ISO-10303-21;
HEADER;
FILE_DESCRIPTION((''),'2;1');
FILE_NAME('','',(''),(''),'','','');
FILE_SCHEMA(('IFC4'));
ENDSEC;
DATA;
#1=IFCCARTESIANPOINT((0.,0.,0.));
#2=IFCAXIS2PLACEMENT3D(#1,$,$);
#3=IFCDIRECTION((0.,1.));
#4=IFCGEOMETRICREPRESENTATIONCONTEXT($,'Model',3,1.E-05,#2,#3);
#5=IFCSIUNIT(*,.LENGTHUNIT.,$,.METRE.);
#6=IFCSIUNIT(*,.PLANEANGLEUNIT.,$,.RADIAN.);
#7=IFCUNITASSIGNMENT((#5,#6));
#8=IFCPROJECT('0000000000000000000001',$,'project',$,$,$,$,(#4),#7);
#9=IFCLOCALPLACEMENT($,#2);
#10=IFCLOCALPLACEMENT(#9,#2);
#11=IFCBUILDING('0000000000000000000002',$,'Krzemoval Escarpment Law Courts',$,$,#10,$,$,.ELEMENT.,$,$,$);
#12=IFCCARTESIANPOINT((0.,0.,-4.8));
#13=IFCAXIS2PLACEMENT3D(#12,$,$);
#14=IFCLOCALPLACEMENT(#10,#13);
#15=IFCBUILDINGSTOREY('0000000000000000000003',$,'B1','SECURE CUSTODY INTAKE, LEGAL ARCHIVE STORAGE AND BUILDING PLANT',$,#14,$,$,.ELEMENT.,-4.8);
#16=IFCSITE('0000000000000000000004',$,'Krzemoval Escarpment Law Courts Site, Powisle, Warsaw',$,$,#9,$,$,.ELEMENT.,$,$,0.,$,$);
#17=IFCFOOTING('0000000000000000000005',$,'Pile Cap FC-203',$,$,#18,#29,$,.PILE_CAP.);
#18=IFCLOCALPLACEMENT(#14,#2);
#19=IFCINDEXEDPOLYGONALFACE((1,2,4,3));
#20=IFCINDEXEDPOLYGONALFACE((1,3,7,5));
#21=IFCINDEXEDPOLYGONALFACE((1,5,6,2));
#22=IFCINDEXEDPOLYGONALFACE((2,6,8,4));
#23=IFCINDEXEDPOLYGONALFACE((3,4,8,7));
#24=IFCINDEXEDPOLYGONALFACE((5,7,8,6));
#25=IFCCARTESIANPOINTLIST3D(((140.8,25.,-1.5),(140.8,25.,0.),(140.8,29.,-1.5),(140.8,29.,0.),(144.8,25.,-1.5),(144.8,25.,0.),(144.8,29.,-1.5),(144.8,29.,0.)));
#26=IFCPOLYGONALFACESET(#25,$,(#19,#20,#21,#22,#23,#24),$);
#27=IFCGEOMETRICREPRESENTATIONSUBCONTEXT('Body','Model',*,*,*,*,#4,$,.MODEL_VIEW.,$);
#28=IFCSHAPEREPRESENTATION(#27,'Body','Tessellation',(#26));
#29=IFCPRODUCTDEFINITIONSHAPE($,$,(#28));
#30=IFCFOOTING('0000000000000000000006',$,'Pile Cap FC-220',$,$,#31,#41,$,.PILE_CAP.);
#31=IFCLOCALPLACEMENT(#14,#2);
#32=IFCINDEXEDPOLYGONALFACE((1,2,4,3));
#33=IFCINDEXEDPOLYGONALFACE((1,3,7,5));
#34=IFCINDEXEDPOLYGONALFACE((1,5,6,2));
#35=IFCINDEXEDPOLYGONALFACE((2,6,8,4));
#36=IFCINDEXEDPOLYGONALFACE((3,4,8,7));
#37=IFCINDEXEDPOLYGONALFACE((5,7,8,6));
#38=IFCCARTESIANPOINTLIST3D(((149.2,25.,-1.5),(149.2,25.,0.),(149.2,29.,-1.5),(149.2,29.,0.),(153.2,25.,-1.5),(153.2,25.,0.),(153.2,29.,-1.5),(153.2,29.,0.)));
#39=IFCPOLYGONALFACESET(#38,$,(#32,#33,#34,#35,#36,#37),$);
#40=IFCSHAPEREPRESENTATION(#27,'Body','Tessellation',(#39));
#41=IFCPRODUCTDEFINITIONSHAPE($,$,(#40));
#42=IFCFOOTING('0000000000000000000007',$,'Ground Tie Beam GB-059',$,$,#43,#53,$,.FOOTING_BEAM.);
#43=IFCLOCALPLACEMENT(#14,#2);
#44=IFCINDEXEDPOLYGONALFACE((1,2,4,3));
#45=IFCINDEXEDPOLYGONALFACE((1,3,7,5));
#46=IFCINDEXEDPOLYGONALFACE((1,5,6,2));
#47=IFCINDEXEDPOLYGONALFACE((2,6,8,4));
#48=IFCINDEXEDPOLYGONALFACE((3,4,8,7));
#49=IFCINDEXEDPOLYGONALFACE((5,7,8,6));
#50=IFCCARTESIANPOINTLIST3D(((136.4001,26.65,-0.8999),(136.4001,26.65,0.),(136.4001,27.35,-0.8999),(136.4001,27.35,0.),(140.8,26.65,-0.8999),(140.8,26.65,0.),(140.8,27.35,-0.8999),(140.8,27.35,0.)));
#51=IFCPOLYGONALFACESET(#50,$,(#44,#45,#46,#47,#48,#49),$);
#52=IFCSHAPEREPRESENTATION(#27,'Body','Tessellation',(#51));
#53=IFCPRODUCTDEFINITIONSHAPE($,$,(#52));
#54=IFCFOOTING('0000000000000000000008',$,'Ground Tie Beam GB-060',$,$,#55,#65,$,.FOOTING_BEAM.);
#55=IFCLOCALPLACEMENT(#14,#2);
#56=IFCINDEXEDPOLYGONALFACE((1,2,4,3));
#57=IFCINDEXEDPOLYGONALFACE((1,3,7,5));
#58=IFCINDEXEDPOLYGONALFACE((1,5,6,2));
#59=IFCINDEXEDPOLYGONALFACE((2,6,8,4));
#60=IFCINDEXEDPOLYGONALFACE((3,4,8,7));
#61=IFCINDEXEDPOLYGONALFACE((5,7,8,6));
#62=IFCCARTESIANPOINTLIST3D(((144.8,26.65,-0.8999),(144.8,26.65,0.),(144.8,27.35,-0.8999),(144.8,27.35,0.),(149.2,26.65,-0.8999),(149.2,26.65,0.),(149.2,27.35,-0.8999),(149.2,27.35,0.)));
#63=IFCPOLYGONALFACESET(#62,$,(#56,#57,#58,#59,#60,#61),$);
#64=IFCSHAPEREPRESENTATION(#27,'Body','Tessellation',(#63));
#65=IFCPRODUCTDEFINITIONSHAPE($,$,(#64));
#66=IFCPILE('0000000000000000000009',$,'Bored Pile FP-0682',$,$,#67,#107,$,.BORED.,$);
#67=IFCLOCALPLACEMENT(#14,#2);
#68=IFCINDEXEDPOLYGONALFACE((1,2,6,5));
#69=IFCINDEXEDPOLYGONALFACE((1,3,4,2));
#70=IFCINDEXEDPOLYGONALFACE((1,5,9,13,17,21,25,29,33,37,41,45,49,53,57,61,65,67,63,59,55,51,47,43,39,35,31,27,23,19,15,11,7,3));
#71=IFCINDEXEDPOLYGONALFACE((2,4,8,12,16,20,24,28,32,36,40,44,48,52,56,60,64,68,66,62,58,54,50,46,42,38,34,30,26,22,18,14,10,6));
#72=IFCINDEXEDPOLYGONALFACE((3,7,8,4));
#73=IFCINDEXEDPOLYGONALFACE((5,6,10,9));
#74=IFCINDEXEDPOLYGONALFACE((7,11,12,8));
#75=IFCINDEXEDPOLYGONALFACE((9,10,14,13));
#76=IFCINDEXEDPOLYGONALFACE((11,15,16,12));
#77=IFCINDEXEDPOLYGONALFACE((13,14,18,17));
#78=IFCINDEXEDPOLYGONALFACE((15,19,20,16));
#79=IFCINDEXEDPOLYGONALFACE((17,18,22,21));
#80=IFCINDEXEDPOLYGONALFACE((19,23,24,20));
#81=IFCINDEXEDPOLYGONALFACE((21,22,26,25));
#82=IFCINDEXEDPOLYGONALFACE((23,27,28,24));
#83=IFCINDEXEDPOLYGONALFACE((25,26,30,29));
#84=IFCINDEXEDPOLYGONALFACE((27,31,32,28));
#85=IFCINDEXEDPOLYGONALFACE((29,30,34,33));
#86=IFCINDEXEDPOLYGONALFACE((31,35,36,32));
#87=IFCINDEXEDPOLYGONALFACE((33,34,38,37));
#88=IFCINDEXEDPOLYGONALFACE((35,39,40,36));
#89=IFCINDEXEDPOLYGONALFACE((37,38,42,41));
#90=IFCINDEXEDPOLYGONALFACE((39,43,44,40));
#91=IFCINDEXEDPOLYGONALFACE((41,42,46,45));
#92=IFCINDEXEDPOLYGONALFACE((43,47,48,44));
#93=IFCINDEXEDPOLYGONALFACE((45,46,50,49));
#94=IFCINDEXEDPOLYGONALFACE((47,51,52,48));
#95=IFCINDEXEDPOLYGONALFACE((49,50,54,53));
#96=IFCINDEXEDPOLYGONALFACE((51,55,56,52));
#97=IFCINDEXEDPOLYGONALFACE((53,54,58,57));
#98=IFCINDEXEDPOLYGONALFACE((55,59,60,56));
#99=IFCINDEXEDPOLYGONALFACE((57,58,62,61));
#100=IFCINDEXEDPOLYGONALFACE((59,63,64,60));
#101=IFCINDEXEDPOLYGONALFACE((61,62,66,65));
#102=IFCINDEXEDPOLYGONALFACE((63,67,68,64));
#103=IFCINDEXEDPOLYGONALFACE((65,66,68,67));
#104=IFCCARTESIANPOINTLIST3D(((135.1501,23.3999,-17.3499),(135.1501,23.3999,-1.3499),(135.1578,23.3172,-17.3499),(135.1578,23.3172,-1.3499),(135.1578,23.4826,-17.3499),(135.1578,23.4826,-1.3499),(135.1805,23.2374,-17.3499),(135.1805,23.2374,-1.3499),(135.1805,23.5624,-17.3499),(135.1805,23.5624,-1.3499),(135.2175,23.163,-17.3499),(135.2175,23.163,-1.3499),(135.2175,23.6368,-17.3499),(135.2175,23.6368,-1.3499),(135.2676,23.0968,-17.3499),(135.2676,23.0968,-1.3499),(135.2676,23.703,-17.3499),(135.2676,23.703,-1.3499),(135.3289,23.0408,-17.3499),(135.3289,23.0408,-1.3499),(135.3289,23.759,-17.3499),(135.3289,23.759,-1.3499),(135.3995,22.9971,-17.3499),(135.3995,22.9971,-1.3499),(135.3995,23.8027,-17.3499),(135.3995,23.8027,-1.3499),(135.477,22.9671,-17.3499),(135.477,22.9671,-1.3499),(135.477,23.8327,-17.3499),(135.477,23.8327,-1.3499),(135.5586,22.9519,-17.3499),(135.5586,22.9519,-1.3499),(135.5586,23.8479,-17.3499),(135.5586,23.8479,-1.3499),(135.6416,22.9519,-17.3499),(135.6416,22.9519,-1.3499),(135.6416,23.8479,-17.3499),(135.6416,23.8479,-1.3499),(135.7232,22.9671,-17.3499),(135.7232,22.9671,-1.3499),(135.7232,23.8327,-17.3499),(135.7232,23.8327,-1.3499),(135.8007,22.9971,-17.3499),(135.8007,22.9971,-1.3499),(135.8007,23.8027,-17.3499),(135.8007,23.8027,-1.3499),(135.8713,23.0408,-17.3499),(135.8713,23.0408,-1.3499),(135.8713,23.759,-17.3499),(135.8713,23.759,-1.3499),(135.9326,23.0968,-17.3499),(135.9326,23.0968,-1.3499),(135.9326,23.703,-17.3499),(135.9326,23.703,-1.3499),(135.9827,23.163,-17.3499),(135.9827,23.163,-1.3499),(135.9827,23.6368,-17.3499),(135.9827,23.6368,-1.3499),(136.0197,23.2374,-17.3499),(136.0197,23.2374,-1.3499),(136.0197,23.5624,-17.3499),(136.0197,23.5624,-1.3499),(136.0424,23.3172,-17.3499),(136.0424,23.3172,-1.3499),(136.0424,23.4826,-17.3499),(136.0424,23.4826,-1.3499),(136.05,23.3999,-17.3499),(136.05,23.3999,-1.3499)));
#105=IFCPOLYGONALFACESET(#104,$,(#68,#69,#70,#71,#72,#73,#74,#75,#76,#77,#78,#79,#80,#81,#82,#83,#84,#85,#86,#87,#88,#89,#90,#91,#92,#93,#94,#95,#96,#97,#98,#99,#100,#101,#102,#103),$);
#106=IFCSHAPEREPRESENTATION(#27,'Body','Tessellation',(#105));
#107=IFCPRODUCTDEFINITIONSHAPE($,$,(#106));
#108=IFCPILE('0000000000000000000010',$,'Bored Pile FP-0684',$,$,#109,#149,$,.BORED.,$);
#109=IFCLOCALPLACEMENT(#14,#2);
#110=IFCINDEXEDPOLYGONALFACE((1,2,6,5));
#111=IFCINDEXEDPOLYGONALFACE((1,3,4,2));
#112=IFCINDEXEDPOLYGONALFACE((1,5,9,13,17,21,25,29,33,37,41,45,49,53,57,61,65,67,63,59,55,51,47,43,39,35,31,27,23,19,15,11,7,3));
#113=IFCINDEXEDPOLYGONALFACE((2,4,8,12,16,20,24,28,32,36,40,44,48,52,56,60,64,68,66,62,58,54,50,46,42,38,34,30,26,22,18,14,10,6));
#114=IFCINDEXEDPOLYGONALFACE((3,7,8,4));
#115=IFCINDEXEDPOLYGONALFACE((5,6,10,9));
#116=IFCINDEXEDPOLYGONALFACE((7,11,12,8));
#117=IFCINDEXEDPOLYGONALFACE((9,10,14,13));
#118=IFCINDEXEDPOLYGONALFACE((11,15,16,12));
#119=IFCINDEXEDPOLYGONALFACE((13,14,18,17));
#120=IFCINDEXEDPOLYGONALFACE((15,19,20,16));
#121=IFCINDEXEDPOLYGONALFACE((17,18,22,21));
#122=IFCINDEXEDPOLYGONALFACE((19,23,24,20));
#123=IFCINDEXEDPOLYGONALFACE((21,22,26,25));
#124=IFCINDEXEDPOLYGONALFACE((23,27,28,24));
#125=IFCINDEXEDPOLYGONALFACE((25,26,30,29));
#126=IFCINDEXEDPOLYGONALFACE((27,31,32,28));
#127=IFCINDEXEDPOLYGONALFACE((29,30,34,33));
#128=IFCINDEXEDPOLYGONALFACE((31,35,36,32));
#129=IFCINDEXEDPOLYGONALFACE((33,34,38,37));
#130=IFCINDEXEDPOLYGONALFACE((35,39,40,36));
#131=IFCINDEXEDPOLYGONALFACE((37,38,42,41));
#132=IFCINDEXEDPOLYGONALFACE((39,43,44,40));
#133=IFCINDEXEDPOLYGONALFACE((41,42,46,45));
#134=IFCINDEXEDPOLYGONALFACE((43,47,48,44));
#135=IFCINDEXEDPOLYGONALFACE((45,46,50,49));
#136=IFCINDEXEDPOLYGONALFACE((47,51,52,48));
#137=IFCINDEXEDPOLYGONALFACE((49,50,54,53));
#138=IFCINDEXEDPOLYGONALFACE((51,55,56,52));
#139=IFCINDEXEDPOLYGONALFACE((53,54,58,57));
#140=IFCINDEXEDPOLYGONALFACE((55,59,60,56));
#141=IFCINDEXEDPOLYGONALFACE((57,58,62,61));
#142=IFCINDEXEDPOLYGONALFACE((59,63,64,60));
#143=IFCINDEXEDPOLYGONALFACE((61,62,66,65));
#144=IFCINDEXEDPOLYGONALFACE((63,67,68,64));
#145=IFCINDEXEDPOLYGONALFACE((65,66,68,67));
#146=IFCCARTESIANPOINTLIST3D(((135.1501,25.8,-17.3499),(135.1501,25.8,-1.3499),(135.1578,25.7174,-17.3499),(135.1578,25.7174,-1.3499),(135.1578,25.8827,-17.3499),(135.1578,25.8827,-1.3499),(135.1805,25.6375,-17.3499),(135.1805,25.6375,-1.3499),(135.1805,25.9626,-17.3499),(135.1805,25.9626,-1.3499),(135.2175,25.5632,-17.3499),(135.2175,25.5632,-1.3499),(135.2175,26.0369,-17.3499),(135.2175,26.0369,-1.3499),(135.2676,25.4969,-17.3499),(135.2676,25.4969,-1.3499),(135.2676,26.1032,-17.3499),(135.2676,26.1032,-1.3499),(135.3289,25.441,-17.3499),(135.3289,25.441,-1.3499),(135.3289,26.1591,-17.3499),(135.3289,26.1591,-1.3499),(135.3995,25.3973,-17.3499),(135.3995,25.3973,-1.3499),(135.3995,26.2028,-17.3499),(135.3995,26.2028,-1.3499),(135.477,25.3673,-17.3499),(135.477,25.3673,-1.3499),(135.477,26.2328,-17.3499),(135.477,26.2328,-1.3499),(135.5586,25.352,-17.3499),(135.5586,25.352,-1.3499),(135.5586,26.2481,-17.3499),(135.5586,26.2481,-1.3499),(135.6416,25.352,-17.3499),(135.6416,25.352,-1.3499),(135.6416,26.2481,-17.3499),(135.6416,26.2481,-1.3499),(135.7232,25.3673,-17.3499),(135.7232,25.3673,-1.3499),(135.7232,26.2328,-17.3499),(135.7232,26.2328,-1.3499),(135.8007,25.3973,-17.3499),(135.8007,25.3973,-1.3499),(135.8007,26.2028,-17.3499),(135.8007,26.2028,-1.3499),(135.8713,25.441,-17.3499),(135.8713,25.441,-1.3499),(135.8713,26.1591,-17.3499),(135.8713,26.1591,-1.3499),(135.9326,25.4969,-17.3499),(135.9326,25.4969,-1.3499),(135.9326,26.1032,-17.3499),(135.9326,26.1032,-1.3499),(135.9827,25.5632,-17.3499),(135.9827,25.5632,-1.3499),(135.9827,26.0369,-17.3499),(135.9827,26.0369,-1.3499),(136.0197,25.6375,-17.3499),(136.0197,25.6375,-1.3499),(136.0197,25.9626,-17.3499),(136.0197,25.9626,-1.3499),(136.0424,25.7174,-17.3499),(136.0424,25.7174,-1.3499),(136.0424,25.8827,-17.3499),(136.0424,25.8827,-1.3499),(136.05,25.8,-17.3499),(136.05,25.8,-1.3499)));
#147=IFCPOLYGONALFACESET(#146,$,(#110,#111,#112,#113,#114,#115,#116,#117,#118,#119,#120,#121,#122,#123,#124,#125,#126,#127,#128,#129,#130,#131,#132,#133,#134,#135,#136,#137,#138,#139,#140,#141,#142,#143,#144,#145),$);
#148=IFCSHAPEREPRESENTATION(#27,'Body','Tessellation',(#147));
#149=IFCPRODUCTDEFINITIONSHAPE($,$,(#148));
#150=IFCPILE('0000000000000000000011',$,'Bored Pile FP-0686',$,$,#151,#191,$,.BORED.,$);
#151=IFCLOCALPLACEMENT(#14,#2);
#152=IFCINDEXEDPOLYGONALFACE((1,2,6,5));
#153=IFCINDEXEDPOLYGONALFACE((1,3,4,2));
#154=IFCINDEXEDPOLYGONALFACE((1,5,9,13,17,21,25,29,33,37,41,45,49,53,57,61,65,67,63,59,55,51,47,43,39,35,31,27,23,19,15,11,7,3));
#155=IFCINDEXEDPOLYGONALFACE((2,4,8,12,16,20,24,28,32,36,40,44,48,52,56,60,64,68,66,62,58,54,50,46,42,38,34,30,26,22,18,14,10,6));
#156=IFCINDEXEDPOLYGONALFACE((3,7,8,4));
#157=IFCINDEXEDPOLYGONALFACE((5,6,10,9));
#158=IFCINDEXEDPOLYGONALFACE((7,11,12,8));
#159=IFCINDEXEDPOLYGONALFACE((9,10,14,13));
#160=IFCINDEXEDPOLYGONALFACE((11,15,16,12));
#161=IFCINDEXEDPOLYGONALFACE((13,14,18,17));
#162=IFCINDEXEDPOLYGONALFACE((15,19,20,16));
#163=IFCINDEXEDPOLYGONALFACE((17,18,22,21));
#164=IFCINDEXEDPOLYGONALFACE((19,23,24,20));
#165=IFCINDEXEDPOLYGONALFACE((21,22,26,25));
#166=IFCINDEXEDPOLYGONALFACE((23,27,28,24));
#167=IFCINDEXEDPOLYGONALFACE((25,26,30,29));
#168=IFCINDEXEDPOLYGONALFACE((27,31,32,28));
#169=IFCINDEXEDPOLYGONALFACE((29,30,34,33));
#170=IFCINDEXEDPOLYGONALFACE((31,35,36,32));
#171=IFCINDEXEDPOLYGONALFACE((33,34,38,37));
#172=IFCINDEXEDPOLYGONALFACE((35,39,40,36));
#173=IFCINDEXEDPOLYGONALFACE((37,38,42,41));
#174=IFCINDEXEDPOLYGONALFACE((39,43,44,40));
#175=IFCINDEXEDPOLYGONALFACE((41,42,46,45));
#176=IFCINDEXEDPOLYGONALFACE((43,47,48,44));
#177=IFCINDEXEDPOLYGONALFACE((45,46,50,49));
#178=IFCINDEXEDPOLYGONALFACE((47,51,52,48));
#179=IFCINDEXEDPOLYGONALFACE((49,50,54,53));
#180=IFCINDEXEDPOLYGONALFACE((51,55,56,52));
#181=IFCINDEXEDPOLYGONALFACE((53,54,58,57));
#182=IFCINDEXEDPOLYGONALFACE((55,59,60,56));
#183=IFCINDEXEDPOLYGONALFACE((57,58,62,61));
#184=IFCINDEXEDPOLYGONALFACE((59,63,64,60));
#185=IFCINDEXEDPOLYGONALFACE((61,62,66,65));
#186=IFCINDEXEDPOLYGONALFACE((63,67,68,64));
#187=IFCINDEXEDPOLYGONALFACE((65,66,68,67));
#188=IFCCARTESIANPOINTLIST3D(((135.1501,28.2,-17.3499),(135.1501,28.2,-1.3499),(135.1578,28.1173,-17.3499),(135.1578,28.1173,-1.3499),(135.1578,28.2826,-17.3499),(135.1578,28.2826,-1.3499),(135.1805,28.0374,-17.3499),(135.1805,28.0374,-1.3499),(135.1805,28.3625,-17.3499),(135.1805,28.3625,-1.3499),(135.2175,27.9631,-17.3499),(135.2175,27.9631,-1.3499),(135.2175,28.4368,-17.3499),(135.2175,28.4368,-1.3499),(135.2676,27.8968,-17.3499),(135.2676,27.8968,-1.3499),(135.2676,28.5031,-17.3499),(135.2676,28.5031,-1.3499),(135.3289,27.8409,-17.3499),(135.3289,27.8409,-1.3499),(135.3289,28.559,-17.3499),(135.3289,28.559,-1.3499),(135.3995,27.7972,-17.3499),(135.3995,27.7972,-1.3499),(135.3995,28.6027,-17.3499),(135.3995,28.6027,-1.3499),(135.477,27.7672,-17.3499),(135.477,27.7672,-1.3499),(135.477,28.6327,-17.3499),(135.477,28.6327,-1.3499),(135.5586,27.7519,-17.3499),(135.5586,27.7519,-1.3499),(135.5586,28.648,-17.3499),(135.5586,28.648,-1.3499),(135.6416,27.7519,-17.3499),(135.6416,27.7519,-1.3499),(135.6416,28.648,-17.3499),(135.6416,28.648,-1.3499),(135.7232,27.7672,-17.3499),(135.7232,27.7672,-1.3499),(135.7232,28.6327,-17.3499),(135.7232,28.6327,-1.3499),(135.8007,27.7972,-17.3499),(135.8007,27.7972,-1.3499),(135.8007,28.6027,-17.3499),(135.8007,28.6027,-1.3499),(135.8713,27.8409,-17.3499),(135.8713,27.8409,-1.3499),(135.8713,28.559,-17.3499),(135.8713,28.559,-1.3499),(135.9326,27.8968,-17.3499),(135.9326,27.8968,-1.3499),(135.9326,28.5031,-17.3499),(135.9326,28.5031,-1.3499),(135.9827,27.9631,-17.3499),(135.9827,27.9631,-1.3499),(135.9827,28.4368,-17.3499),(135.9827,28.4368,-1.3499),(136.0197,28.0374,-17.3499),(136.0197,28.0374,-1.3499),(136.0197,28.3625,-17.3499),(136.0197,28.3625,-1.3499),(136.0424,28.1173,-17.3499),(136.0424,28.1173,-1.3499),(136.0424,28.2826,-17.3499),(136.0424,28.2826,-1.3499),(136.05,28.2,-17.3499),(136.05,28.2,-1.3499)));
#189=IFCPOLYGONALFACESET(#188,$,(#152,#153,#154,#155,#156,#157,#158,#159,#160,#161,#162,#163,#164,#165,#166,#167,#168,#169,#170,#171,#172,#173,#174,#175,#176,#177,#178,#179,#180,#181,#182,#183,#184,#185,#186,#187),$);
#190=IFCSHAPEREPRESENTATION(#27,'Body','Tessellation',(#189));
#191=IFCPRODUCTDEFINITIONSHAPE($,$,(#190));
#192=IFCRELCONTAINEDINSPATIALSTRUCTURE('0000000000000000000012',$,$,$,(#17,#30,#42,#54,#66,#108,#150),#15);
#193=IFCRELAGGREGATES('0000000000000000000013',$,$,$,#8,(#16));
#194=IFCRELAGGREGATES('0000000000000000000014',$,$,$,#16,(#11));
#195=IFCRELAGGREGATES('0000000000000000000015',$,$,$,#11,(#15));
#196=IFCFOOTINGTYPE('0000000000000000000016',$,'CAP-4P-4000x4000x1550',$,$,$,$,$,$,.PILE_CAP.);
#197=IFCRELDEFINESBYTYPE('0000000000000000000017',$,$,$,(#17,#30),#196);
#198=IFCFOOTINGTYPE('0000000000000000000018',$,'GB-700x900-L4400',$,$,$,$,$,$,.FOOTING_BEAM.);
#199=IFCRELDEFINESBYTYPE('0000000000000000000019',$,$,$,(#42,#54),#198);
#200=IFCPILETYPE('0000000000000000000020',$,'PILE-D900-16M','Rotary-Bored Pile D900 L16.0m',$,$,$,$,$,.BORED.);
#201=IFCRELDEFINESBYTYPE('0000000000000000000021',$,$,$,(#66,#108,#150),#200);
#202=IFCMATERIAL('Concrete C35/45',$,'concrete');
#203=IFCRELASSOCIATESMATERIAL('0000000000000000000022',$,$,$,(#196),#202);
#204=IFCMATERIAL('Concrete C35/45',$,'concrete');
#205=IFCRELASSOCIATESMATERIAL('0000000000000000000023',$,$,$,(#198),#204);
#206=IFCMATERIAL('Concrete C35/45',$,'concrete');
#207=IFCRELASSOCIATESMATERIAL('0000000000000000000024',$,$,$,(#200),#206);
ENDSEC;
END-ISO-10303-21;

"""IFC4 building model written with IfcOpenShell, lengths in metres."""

from ifc_helpers import new_model, si_unit, direction, frame, origin, origin_2d, place, context, subcontext, project, spatial, rectangle, circle, extrude, material, material_profile, profile_set, type_object, element, save


model = new_model("IFC4")

# Units and contexts
model_context = context("Model", 3, precision=1e-05, world=origin(), true_north=direction((0.0, 1.0)))
body_context = subcontext(model_context, "Body", "Model", "MODEL_VIEW")
ifc_project = project(units=[si_unit("LENGTHUNIT", "METRE"), si_unit("PLANEANGLEUNIT", "RADIAN")], contexts=[model_context])

# Site, building, storey
site_placement = place(None, origin())
site = spatial("IfcSite", under=ifc_project, at=site_placement, Name="Krzemoval Escarpment Law Courts Site, Powisle, Warsaw", CompositionType="ELEMENT", RefElevation=0.0)
building_placement = place(site_placement, origin())
building = spatial("IfcBuilding", under=site, at=building_placement, Name="Krzemoval Escarpment Law Courts", CompositionType="ELEMENT")
storey_placement = place(building_placement, frame((0.0, 0.0, -4.8)))
storey = spatial("IfcBuildingStorey", under=building, at=storey_placement, Name="B1", Description="SECURE CUSTODY INTAKE, LEGAL ARCHIVE STORAGE AND BUILDING PLANT", CompositionType="ELEMENT", Elevation=-4.8)

# Footings
ifc_material_1 = material(Name="Concrete C35/45", Category="concrete")
footing_type_1 = type_object("IfcFootingType", Name="CAP-4P-4000x4000x1550", PredefinedType="PILE_CAP", material=ifc_material_1)
for number, where, z_axis, x_axis, name in (
    (1, (142.8, 27.0, -1.5), (0.0, 0.0, 1.0), (1.0, 0.0, 0.0), "Pile Cap FC-203"),
    (2, (151.2, 27.0, -1.5), (0.0, 0.0, 1.0), (1.0, 0.0, 0.0), "Pile Cap FC-220"),
):
    element("IfcFooting", number, at=place(storey_placement, frame(where, z_axis=z_axis, x_axis=x_axis)), inside=storey, type_object=footing_type_1, Name=name, PredefinedType="PILE_CAP", context=body_context, shape_type="SweptSolid", body=[
        extrude(rectangle(XDim=4.0, YDim=4.0, at=origin_2d()), origin(), (0.0, 0.0, 1.0), 1.5),
    ])
ifc_material_2 = material(Name="Concrete C35/45", Category="concrete")
footing_type_2 = type_object("IfcFootingType", Name="GB-700x900-L4400", PredefinedType="FOOTING_BEAM", material=ifc_material_2)
for number, where, z_axis, x_axis, name in (
    (3, (138.6001, 27.0, -0.8999), (0.0, 0.0, 1.0), (1.0, 0.0, 0.0), "Ground Tie Beam GB-059"),
    (4, (147.0, 27.0, -0.8999), (0.0, 0.0, 1.0), (1.0, 0.0, 0.0), "Ground Tie Beam GB-060"),
):
    element("IfcFooting", number, at=place(storey_placement, frame(where, z_axis=z_axis, x_axis=x_axis)), inside=storey, type_object=footing_type_2, Name=name, PredefinedType="FOOTING_BEAM", context=body_context, shape_type="SweptSolid", body=[
        extrude(rectangle(XDim=4.3999, YDim=0.7, at=origin_2d()), origin(), (0.0, 0.0, 1.0), 0.8999),
    ])

# Piles
ifc_material_3 = material(Name="Concrete C35/45", Category="concrete")
ifc_material_profile_1 = material_profile(ifc_material_3, circle(Radius=0.45, at=origin_2d()), Name="PILE D900")
ifc_profile_set_1 = profile_set([ifc_material_profile_1], Name="Concrete C35/45")
pile_type = type_object("IfcPileType", Name="PILE-D900-16M", Description="Rotary-Bored Pile D900 L16.0m", PredefinedType="BORED", material=ifc_profile_set_1)
for number, where, z_axis, x_axis, name in (
    (5, (135.6001, 23.3999, -1.3499), (0.0, 0.0, -1.0), (1.0, 0.0, 0.0), "Bored Pile FP-0682"),
    (6, (135.6001, 25.8, -1.3499), (0.0, 0.0, -1.0), (1.0, 0.0, 0.0), "Bored Pile FP-0684"),
    (7, (135.6001, 28.2, -1.3499), (0.0, 0.0, -1.0), (1.0, 0.0, 0.0), "Bored Pile FP-0686"),
):
    element("IfcPile", number, at=place(storey_placement, frame(where, z_axis=z_axis, x_axis=x_axis)), inside=storey, type_object=pile_type, Name=name, PredefinedType="BORED", context=body_context, shape_type="SweptSolid", body=[
        extrude(circle(Radius=0.45, at=origin_2d()), origin(), (0.0, 0.0, 1.0), 16.0),
    ])

save(model, "model.ifc")
